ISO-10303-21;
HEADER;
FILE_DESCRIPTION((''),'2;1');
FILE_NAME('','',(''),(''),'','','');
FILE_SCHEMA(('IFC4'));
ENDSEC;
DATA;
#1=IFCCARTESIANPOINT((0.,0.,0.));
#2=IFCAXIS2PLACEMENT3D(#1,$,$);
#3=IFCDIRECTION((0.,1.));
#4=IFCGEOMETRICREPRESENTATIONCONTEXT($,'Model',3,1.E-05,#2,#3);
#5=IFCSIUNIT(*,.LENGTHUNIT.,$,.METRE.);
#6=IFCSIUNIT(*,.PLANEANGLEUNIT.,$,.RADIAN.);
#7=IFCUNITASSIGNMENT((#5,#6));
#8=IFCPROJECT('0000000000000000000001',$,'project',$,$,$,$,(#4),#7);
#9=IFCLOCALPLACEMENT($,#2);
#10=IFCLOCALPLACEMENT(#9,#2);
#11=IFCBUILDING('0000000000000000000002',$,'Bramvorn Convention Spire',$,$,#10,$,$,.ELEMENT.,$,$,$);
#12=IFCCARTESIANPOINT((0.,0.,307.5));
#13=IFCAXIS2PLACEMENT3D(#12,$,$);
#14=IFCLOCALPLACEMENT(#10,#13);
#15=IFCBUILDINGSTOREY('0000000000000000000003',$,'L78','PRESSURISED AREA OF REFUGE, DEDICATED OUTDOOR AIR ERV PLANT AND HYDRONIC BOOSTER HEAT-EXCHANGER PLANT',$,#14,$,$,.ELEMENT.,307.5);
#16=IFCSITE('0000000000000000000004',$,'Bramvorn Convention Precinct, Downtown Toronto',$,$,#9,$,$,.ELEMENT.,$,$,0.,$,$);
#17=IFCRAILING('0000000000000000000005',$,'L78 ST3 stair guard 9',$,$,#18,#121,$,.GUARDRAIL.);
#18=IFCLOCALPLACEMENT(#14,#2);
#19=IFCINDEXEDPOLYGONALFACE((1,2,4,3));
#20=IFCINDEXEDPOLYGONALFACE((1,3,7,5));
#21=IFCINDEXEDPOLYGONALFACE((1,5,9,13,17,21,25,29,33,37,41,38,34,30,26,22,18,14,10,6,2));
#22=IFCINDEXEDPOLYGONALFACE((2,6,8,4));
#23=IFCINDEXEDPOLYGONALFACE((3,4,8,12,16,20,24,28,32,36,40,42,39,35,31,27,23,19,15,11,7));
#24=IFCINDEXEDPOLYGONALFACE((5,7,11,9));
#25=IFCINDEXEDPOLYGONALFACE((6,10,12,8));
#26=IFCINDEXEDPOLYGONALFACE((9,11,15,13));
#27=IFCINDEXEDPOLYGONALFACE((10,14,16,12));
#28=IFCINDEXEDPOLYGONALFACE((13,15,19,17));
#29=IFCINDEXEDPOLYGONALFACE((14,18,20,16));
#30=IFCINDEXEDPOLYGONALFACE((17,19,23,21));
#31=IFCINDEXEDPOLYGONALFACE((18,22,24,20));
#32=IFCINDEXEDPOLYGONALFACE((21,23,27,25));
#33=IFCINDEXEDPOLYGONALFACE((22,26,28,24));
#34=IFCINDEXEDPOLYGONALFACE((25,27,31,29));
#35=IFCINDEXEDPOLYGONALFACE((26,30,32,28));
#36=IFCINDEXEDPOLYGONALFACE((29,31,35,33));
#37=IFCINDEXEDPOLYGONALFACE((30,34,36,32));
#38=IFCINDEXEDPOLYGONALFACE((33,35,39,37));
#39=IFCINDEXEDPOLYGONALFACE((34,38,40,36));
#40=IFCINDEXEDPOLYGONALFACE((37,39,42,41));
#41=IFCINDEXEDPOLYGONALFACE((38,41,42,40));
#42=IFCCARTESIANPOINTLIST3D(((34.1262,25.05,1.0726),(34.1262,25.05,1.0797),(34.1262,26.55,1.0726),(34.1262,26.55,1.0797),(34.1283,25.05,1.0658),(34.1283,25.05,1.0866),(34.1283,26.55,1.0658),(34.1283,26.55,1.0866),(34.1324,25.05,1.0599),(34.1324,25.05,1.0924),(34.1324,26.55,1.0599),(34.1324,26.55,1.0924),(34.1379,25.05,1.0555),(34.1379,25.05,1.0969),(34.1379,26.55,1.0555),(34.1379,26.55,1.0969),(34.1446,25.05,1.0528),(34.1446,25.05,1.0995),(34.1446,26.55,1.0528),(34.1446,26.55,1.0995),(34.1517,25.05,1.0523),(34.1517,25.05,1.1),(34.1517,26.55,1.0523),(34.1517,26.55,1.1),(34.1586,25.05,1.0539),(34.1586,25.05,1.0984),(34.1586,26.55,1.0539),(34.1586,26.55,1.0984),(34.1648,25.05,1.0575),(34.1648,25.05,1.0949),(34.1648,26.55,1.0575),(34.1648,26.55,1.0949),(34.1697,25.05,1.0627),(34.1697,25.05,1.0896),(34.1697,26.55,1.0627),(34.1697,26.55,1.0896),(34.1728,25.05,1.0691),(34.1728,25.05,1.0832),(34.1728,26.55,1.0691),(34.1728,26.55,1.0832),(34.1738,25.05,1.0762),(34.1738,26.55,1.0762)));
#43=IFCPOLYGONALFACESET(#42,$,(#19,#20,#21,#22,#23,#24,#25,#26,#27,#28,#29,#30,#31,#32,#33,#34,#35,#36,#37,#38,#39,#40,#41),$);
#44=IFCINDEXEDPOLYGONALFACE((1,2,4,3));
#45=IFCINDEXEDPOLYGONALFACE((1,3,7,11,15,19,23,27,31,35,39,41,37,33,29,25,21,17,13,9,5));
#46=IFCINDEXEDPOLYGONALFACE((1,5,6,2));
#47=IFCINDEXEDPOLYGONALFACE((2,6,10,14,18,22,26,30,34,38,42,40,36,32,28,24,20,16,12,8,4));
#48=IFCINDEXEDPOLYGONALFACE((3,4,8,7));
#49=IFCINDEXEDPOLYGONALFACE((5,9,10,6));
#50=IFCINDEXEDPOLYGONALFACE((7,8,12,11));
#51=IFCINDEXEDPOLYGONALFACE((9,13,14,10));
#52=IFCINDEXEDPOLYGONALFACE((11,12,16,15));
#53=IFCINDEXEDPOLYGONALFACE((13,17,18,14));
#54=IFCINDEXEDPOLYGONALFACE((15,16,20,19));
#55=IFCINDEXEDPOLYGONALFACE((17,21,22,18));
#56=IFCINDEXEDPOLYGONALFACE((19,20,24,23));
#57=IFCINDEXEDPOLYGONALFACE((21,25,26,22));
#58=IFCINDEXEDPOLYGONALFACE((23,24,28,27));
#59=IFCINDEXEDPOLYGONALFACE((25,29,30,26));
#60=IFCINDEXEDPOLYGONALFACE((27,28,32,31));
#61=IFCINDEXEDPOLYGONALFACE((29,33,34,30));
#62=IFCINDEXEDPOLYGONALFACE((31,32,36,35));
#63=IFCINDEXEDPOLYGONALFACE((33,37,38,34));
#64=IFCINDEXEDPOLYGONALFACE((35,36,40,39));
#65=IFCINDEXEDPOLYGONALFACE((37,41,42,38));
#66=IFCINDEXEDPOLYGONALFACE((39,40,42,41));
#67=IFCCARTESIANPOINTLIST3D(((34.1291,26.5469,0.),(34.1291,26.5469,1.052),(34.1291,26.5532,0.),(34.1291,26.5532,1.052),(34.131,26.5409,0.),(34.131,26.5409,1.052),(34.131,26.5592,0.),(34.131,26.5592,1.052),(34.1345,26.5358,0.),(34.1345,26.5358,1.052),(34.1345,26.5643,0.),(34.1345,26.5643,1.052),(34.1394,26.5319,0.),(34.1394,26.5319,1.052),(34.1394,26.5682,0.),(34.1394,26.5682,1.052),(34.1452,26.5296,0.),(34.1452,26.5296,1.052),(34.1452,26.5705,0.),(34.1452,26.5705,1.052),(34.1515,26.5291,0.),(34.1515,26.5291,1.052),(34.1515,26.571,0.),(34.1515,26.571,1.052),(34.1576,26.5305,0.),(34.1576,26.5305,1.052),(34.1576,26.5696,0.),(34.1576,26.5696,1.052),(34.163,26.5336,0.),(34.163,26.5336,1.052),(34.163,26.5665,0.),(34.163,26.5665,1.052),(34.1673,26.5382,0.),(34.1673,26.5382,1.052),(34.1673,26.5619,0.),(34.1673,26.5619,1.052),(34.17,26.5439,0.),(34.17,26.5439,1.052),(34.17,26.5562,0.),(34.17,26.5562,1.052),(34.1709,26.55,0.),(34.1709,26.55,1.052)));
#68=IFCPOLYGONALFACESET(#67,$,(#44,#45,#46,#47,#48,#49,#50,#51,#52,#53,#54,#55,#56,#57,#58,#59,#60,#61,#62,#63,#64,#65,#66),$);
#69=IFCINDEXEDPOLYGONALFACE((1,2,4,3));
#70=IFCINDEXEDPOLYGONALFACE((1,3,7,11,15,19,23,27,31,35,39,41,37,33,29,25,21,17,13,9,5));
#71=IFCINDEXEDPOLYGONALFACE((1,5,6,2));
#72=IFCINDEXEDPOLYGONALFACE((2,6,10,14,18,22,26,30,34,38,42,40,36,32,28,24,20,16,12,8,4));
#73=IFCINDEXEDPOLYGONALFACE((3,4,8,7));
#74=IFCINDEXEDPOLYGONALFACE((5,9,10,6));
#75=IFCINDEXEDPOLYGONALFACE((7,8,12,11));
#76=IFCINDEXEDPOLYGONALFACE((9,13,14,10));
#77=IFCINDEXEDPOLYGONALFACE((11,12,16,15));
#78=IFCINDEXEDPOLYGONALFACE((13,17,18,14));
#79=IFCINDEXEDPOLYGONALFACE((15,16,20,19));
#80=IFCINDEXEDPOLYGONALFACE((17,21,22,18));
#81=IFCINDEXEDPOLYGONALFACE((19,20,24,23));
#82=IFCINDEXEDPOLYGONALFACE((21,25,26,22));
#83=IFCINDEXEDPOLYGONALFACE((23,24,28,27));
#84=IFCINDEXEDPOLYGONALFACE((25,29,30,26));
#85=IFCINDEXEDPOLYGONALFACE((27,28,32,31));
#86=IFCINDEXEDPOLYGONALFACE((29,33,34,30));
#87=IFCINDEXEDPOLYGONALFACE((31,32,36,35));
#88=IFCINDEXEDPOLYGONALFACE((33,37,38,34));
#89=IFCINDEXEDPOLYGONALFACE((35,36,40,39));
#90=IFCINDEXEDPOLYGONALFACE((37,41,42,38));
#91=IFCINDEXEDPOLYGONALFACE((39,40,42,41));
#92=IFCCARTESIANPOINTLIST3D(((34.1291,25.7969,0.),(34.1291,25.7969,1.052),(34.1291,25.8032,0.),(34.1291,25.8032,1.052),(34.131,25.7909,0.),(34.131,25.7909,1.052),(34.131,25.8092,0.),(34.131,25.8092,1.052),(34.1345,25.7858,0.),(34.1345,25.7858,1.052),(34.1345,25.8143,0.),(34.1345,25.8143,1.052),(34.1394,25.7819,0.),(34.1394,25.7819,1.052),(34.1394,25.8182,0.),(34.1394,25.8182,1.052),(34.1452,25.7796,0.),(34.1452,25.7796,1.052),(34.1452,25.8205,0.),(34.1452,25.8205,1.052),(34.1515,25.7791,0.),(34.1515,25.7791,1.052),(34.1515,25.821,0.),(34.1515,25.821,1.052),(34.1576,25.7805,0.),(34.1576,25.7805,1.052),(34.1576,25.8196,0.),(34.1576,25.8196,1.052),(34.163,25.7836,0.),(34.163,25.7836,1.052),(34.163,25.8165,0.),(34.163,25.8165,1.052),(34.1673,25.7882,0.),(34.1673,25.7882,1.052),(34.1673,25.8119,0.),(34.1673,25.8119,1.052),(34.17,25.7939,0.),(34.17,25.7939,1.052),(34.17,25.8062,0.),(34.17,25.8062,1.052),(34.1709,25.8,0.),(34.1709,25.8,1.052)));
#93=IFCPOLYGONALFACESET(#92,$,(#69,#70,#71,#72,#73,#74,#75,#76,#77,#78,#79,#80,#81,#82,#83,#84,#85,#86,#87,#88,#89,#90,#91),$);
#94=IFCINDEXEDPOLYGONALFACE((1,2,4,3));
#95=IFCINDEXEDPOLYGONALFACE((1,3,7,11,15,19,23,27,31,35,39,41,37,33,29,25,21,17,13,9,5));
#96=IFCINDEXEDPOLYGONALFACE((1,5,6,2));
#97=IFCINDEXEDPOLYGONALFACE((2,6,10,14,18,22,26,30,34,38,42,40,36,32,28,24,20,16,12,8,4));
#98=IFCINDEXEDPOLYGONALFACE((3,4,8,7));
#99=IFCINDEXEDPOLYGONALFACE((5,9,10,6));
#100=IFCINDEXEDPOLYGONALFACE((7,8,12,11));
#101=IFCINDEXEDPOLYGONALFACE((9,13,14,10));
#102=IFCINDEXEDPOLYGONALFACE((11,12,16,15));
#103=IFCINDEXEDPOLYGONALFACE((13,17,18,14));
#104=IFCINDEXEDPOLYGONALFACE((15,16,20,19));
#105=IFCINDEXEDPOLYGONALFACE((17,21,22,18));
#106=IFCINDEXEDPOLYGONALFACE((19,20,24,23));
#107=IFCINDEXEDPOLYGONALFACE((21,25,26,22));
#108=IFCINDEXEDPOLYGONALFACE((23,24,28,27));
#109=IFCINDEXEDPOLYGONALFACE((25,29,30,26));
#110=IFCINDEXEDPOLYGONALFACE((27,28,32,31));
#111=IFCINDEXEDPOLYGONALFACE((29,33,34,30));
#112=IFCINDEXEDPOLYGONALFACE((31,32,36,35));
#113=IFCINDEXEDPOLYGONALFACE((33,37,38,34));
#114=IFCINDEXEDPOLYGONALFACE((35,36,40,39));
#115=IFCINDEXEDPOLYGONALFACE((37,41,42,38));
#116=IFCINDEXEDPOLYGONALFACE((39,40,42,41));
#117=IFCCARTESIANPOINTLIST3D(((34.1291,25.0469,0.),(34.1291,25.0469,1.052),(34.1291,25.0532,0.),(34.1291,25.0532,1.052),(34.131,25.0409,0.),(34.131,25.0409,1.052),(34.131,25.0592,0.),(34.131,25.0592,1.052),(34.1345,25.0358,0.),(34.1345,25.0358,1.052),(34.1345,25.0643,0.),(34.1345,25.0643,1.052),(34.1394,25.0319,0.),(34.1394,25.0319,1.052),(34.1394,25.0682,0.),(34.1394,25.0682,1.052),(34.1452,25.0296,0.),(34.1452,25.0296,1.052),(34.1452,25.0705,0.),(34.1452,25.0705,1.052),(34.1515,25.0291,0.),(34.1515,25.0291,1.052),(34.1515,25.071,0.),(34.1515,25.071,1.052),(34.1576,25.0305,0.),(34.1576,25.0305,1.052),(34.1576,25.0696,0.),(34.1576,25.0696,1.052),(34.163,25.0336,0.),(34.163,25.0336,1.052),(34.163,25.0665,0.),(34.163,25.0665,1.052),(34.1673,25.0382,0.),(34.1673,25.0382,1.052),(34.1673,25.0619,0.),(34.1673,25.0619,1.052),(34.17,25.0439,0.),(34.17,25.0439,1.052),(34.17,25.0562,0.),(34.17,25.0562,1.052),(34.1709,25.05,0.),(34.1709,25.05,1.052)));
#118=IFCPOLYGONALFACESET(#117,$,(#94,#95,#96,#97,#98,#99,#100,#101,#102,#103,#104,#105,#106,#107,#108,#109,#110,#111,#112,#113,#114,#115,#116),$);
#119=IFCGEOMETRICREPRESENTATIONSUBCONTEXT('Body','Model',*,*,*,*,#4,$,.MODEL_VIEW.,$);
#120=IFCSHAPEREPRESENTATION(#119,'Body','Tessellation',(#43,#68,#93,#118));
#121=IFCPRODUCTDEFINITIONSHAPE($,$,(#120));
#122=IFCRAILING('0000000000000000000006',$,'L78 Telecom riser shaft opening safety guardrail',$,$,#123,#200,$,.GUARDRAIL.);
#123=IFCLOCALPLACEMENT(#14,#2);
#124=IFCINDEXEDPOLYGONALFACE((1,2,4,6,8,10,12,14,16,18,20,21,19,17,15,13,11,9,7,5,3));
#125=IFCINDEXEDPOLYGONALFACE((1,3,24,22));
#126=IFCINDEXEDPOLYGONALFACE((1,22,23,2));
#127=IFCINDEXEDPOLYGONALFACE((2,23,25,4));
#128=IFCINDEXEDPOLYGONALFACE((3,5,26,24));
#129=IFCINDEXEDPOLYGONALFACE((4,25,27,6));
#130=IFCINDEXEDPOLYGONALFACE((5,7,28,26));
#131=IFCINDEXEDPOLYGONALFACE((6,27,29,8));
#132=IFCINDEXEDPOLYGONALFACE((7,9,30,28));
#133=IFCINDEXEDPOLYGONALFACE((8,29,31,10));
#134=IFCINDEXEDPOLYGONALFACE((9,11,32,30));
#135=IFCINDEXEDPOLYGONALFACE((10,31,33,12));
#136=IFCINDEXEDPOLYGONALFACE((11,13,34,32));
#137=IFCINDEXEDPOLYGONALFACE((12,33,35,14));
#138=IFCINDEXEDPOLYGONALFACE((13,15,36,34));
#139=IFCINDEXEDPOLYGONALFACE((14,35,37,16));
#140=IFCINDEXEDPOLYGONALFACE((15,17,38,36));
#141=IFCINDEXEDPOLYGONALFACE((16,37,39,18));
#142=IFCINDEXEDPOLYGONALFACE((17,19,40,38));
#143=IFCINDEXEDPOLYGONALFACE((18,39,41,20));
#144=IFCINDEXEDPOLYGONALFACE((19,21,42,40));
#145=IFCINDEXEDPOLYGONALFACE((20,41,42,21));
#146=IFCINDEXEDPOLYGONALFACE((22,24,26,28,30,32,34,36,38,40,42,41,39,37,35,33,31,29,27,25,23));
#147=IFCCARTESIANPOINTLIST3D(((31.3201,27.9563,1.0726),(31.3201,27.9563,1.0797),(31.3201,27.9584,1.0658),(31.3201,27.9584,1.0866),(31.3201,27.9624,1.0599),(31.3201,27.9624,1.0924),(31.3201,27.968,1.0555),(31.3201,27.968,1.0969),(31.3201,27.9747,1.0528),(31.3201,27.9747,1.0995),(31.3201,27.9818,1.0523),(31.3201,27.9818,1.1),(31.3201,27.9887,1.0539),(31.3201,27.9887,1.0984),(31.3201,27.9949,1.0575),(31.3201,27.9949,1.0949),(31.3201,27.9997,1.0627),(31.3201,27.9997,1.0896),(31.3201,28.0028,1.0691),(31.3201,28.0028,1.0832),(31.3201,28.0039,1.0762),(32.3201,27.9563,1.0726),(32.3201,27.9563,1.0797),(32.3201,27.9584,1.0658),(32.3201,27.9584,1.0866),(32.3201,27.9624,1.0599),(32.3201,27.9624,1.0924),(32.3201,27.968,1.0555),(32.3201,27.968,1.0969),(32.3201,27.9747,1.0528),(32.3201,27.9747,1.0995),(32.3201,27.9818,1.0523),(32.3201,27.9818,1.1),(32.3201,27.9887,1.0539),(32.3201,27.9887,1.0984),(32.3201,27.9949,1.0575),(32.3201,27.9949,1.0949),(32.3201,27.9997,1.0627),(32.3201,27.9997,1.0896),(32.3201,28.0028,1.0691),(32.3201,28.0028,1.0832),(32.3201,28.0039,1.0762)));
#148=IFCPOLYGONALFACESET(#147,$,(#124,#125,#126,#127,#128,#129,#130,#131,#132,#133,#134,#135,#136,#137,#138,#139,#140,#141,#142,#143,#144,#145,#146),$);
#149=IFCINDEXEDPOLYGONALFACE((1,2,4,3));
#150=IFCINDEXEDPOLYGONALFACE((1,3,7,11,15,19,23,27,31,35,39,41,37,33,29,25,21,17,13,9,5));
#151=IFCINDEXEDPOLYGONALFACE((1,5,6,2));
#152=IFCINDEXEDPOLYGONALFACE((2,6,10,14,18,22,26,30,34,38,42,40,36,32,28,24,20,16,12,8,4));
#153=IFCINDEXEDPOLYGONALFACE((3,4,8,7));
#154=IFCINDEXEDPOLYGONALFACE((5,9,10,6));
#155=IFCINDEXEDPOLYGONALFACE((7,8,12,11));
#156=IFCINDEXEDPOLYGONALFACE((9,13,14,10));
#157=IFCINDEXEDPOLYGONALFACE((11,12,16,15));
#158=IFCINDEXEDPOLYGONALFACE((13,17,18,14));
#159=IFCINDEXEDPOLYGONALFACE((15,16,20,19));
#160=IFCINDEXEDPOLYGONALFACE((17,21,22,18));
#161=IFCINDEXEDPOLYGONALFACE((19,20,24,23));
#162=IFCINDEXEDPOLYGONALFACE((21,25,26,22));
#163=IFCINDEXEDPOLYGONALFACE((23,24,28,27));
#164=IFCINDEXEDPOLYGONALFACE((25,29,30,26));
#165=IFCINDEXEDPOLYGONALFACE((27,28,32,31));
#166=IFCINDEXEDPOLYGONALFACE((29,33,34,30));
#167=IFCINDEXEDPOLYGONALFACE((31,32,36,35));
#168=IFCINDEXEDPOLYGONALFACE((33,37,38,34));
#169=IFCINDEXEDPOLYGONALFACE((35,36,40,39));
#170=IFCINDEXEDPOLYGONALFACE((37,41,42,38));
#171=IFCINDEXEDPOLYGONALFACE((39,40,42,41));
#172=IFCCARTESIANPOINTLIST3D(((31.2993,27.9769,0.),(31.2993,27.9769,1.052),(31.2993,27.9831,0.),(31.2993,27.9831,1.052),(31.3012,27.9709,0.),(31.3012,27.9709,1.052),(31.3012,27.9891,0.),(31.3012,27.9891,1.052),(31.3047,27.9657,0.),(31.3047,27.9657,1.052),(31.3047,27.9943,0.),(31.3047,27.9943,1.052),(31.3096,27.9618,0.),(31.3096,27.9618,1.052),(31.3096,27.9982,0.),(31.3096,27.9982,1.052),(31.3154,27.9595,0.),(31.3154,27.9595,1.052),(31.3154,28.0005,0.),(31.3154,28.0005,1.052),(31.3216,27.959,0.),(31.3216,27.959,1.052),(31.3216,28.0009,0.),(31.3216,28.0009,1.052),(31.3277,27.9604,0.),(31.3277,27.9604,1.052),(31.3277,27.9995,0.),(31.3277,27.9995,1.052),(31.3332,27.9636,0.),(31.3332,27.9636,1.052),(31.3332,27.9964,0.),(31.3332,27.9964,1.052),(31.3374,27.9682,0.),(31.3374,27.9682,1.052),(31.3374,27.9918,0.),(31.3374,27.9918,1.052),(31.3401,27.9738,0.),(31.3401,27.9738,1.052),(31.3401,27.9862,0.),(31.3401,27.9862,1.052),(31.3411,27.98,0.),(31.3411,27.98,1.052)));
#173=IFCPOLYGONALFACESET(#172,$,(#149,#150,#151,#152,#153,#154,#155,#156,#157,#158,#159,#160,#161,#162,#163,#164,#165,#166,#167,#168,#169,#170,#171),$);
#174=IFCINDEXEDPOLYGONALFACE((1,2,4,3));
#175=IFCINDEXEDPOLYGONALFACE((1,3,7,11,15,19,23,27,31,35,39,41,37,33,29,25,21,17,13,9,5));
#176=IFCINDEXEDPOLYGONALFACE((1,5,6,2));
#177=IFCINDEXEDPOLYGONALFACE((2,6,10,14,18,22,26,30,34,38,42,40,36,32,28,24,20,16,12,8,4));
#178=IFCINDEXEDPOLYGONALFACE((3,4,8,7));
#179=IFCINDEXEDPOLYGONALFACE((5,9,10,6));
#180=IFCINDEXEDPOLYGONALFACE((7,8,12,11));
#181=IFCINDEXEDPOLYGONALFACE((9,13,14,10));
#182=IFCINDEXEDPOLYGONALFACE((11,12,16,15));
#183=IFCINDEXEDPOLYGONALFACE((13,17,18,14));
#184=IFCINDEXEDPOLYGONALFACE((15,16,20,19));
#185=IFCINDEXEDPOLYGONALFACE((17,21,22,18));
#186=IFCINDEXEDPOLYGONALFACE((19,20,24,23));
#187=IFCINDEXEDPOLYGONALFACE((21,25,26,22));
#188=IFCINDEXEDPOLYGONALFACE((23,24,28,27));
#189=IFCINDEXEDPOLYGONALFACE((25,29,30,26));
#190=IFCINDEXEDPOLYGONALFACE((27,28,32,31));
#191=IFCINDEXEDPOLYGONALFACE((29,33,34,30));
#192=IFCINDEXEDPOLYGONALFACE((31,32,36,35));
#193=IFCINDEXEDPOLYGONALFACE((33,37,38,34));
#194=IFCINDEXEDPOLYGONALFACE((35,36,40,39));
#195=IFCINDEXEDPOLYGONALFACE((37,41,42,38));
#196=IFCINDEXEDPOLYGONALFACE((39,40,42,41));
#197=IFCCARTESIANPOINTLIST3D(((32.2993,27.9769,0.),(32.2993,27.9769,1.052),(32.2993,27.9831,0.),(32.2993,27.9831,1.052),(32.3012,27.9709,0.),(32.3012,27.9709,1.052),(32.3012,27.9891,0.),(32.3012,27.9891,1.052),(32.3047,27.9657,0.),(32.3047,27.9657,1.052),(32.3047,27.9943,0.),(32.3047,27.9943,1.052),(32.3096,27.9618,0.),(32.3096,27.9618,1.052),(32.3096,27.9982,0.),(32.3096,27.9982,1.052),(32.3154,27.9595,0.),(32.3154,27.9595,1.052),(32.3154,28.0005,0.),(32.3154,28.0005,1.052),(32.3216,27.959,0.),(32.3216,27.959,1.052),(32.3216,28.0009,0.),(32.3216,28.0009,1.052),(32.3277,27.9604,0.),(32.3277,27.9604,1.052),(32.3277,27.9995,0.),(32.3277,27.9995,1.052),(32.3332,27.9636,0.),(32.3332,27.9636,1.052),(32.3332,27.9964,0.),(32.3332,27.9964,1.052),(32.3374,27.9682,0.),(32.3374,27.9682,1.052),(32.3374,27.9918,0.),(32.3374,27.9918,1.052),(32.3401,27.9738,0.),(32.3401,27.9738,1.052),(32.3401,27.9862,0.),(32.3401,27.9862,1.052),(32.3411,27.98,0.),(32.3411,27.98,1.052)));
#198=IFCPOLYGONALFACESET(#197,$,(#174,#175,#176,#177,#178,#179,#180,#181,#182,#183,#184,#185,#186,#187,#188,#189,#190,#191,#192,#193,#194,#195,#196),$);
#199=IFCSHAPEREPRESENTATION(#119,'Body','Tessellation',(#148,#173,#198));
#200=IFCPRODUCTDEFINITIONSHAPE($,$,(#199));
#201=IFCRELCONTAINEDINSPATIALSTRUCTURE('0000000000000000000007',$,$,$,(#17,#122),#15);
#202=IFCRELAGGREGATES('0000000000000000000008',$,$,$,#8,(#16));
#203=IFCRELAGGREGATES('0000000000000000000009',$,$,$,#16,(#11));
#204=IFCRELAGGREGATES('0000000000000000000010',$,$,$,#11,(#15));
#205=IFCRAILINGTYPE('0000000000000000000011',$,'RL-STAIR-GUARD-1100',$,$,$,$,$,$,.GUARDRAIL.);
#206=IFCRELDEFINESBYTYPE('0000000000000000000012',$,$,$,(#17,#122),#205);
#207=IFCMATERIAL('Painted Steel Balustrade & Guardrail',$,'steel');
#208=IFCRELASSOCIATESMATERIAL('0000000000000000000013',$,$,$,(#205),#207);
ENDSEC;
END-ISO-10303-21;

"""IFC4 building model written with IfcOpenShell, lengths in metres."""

from ifc_helpers import new_model, si_unit, direction, frame, origin, origin_2d, place, context, subcontext, project, spatial, circle, extrude, material, type_object, element, save


model = new_model("IFC4")

# Units and contexts
model_context = context("Model", 3, precision=1e-05, world=origin(), true_north=direction((0.0, 1.0)))
body_context = subcontext(model_context, "Body", "Model", "MODEL_VIEW")
ifc_project = project(units=[si_unit("LENGTHUNIT", "METRE"), si_unit("PLANEANGLEUNIT", "RADIAN")], contexts=[model_context])

# Site, building, storey
site_placement = place(None, origin())
site = spatial("IfcSite", under=ifc_project, at=site_placement, Name="Bramvorn Convention Precinct, Downtown Toronto", CompositionType="ELEMENT", RefElevation=0.0)
building_placement = place(site_placement, origin())
building = spatial("IfcBuilding", under=site, at=building_placement, Name="Bramvorn Convention Spire", CompositionType="ELEMENT")
storey_placement = place(building_placement, frame((0.0, 0.0, 307.5)))
storey = spatial("IfcBuildingStorey", under=building, at=storey_placement, Name="L78", Description="PRESSURISED AREA OF REFUGE, DEDICATED OUTDOOR AIR ERV PLANT AND HYDRONIC BOOSTER HEAT-EXCHANGER PLANT", CompositionType="ELEMENT", Elevation=307.5)

# Railings
ifc_material_1 = material(Name="Painted Steel Balustrade & Guardrail", Category="steel")
railing_type = type_object("IfcRailingType", Name="RL-STAIR-GUARD-1100", PredefinedType="GUARDRAIL", material=ifc_material_1)
for number, where, name in (
    (1, (34.1499, 26.55, 0.0), "L78 ST3 stair guard 9"),
):
    element("IfcRailing", number, at=place(storey_placement, frame(where)), inside=storey, type_object=railing_type, Name=name, PredefinedType="GUARDRAIL", context=body_context, shape_type="SweptSolid", body=[
        extrude(circle(Radius=0.0239, at=origin_2d()), frame((0.0, 0.0, 1.0762), z_axis=(0.0, -1.0, 0.0), x_axis=(1.0, 0.0, 0.0)), (0.0, 0.0, 1.0), 1.5),
        extrude(circle(Radius=0.021, at=origin_2d()), origin(), (0.0, 0.0, 1.0), 1.052),
        extrude(circle(Radius=0.021, at=origin_2d()), frame((0.0, -0.75, 0.0)), (0.0, 0.0, 1.0), 1.052),
        extrude(circle(Radius=0.021, at=origin_2d()), frame((0.0, -1.5, 0.0)), (0.0, 0.0, 1.0), 1.052),
    ])
railing_1_placement = place(storey_placement, frame((31.3201, 27.98, 0.0)))
element("IfcRailing", 2, at=railing_1_placement, inside=storey, type_object=railing_type, Name="L78 Telecom riser shaft opening safety guardrail", PredefinedType="GUARDRAIL", context=body_context, shape_type="SweptSolid", body=[
    extrude(circle(Radius=0.0239, at=origin_2d()), frame((0.0, 0.0, 1.0762), z_axis=(1.0, 0.0, 0.0), x_axis=(0.0, 1.0, 0.0)), (0.0, 0.0, 1.0), 1.0),
    extrude(circle(Radius=0.021, at=origin_2d()), origin(), (0.0, 0.0, 1.0), 1.052),
    extrude(circle(Radius=0.021, at=origin_2d()), frame((1.0, 0.0, 0.0)), (0.0, 0.0, 1.0), 1.052),
])

save(model, "model.ifc")
